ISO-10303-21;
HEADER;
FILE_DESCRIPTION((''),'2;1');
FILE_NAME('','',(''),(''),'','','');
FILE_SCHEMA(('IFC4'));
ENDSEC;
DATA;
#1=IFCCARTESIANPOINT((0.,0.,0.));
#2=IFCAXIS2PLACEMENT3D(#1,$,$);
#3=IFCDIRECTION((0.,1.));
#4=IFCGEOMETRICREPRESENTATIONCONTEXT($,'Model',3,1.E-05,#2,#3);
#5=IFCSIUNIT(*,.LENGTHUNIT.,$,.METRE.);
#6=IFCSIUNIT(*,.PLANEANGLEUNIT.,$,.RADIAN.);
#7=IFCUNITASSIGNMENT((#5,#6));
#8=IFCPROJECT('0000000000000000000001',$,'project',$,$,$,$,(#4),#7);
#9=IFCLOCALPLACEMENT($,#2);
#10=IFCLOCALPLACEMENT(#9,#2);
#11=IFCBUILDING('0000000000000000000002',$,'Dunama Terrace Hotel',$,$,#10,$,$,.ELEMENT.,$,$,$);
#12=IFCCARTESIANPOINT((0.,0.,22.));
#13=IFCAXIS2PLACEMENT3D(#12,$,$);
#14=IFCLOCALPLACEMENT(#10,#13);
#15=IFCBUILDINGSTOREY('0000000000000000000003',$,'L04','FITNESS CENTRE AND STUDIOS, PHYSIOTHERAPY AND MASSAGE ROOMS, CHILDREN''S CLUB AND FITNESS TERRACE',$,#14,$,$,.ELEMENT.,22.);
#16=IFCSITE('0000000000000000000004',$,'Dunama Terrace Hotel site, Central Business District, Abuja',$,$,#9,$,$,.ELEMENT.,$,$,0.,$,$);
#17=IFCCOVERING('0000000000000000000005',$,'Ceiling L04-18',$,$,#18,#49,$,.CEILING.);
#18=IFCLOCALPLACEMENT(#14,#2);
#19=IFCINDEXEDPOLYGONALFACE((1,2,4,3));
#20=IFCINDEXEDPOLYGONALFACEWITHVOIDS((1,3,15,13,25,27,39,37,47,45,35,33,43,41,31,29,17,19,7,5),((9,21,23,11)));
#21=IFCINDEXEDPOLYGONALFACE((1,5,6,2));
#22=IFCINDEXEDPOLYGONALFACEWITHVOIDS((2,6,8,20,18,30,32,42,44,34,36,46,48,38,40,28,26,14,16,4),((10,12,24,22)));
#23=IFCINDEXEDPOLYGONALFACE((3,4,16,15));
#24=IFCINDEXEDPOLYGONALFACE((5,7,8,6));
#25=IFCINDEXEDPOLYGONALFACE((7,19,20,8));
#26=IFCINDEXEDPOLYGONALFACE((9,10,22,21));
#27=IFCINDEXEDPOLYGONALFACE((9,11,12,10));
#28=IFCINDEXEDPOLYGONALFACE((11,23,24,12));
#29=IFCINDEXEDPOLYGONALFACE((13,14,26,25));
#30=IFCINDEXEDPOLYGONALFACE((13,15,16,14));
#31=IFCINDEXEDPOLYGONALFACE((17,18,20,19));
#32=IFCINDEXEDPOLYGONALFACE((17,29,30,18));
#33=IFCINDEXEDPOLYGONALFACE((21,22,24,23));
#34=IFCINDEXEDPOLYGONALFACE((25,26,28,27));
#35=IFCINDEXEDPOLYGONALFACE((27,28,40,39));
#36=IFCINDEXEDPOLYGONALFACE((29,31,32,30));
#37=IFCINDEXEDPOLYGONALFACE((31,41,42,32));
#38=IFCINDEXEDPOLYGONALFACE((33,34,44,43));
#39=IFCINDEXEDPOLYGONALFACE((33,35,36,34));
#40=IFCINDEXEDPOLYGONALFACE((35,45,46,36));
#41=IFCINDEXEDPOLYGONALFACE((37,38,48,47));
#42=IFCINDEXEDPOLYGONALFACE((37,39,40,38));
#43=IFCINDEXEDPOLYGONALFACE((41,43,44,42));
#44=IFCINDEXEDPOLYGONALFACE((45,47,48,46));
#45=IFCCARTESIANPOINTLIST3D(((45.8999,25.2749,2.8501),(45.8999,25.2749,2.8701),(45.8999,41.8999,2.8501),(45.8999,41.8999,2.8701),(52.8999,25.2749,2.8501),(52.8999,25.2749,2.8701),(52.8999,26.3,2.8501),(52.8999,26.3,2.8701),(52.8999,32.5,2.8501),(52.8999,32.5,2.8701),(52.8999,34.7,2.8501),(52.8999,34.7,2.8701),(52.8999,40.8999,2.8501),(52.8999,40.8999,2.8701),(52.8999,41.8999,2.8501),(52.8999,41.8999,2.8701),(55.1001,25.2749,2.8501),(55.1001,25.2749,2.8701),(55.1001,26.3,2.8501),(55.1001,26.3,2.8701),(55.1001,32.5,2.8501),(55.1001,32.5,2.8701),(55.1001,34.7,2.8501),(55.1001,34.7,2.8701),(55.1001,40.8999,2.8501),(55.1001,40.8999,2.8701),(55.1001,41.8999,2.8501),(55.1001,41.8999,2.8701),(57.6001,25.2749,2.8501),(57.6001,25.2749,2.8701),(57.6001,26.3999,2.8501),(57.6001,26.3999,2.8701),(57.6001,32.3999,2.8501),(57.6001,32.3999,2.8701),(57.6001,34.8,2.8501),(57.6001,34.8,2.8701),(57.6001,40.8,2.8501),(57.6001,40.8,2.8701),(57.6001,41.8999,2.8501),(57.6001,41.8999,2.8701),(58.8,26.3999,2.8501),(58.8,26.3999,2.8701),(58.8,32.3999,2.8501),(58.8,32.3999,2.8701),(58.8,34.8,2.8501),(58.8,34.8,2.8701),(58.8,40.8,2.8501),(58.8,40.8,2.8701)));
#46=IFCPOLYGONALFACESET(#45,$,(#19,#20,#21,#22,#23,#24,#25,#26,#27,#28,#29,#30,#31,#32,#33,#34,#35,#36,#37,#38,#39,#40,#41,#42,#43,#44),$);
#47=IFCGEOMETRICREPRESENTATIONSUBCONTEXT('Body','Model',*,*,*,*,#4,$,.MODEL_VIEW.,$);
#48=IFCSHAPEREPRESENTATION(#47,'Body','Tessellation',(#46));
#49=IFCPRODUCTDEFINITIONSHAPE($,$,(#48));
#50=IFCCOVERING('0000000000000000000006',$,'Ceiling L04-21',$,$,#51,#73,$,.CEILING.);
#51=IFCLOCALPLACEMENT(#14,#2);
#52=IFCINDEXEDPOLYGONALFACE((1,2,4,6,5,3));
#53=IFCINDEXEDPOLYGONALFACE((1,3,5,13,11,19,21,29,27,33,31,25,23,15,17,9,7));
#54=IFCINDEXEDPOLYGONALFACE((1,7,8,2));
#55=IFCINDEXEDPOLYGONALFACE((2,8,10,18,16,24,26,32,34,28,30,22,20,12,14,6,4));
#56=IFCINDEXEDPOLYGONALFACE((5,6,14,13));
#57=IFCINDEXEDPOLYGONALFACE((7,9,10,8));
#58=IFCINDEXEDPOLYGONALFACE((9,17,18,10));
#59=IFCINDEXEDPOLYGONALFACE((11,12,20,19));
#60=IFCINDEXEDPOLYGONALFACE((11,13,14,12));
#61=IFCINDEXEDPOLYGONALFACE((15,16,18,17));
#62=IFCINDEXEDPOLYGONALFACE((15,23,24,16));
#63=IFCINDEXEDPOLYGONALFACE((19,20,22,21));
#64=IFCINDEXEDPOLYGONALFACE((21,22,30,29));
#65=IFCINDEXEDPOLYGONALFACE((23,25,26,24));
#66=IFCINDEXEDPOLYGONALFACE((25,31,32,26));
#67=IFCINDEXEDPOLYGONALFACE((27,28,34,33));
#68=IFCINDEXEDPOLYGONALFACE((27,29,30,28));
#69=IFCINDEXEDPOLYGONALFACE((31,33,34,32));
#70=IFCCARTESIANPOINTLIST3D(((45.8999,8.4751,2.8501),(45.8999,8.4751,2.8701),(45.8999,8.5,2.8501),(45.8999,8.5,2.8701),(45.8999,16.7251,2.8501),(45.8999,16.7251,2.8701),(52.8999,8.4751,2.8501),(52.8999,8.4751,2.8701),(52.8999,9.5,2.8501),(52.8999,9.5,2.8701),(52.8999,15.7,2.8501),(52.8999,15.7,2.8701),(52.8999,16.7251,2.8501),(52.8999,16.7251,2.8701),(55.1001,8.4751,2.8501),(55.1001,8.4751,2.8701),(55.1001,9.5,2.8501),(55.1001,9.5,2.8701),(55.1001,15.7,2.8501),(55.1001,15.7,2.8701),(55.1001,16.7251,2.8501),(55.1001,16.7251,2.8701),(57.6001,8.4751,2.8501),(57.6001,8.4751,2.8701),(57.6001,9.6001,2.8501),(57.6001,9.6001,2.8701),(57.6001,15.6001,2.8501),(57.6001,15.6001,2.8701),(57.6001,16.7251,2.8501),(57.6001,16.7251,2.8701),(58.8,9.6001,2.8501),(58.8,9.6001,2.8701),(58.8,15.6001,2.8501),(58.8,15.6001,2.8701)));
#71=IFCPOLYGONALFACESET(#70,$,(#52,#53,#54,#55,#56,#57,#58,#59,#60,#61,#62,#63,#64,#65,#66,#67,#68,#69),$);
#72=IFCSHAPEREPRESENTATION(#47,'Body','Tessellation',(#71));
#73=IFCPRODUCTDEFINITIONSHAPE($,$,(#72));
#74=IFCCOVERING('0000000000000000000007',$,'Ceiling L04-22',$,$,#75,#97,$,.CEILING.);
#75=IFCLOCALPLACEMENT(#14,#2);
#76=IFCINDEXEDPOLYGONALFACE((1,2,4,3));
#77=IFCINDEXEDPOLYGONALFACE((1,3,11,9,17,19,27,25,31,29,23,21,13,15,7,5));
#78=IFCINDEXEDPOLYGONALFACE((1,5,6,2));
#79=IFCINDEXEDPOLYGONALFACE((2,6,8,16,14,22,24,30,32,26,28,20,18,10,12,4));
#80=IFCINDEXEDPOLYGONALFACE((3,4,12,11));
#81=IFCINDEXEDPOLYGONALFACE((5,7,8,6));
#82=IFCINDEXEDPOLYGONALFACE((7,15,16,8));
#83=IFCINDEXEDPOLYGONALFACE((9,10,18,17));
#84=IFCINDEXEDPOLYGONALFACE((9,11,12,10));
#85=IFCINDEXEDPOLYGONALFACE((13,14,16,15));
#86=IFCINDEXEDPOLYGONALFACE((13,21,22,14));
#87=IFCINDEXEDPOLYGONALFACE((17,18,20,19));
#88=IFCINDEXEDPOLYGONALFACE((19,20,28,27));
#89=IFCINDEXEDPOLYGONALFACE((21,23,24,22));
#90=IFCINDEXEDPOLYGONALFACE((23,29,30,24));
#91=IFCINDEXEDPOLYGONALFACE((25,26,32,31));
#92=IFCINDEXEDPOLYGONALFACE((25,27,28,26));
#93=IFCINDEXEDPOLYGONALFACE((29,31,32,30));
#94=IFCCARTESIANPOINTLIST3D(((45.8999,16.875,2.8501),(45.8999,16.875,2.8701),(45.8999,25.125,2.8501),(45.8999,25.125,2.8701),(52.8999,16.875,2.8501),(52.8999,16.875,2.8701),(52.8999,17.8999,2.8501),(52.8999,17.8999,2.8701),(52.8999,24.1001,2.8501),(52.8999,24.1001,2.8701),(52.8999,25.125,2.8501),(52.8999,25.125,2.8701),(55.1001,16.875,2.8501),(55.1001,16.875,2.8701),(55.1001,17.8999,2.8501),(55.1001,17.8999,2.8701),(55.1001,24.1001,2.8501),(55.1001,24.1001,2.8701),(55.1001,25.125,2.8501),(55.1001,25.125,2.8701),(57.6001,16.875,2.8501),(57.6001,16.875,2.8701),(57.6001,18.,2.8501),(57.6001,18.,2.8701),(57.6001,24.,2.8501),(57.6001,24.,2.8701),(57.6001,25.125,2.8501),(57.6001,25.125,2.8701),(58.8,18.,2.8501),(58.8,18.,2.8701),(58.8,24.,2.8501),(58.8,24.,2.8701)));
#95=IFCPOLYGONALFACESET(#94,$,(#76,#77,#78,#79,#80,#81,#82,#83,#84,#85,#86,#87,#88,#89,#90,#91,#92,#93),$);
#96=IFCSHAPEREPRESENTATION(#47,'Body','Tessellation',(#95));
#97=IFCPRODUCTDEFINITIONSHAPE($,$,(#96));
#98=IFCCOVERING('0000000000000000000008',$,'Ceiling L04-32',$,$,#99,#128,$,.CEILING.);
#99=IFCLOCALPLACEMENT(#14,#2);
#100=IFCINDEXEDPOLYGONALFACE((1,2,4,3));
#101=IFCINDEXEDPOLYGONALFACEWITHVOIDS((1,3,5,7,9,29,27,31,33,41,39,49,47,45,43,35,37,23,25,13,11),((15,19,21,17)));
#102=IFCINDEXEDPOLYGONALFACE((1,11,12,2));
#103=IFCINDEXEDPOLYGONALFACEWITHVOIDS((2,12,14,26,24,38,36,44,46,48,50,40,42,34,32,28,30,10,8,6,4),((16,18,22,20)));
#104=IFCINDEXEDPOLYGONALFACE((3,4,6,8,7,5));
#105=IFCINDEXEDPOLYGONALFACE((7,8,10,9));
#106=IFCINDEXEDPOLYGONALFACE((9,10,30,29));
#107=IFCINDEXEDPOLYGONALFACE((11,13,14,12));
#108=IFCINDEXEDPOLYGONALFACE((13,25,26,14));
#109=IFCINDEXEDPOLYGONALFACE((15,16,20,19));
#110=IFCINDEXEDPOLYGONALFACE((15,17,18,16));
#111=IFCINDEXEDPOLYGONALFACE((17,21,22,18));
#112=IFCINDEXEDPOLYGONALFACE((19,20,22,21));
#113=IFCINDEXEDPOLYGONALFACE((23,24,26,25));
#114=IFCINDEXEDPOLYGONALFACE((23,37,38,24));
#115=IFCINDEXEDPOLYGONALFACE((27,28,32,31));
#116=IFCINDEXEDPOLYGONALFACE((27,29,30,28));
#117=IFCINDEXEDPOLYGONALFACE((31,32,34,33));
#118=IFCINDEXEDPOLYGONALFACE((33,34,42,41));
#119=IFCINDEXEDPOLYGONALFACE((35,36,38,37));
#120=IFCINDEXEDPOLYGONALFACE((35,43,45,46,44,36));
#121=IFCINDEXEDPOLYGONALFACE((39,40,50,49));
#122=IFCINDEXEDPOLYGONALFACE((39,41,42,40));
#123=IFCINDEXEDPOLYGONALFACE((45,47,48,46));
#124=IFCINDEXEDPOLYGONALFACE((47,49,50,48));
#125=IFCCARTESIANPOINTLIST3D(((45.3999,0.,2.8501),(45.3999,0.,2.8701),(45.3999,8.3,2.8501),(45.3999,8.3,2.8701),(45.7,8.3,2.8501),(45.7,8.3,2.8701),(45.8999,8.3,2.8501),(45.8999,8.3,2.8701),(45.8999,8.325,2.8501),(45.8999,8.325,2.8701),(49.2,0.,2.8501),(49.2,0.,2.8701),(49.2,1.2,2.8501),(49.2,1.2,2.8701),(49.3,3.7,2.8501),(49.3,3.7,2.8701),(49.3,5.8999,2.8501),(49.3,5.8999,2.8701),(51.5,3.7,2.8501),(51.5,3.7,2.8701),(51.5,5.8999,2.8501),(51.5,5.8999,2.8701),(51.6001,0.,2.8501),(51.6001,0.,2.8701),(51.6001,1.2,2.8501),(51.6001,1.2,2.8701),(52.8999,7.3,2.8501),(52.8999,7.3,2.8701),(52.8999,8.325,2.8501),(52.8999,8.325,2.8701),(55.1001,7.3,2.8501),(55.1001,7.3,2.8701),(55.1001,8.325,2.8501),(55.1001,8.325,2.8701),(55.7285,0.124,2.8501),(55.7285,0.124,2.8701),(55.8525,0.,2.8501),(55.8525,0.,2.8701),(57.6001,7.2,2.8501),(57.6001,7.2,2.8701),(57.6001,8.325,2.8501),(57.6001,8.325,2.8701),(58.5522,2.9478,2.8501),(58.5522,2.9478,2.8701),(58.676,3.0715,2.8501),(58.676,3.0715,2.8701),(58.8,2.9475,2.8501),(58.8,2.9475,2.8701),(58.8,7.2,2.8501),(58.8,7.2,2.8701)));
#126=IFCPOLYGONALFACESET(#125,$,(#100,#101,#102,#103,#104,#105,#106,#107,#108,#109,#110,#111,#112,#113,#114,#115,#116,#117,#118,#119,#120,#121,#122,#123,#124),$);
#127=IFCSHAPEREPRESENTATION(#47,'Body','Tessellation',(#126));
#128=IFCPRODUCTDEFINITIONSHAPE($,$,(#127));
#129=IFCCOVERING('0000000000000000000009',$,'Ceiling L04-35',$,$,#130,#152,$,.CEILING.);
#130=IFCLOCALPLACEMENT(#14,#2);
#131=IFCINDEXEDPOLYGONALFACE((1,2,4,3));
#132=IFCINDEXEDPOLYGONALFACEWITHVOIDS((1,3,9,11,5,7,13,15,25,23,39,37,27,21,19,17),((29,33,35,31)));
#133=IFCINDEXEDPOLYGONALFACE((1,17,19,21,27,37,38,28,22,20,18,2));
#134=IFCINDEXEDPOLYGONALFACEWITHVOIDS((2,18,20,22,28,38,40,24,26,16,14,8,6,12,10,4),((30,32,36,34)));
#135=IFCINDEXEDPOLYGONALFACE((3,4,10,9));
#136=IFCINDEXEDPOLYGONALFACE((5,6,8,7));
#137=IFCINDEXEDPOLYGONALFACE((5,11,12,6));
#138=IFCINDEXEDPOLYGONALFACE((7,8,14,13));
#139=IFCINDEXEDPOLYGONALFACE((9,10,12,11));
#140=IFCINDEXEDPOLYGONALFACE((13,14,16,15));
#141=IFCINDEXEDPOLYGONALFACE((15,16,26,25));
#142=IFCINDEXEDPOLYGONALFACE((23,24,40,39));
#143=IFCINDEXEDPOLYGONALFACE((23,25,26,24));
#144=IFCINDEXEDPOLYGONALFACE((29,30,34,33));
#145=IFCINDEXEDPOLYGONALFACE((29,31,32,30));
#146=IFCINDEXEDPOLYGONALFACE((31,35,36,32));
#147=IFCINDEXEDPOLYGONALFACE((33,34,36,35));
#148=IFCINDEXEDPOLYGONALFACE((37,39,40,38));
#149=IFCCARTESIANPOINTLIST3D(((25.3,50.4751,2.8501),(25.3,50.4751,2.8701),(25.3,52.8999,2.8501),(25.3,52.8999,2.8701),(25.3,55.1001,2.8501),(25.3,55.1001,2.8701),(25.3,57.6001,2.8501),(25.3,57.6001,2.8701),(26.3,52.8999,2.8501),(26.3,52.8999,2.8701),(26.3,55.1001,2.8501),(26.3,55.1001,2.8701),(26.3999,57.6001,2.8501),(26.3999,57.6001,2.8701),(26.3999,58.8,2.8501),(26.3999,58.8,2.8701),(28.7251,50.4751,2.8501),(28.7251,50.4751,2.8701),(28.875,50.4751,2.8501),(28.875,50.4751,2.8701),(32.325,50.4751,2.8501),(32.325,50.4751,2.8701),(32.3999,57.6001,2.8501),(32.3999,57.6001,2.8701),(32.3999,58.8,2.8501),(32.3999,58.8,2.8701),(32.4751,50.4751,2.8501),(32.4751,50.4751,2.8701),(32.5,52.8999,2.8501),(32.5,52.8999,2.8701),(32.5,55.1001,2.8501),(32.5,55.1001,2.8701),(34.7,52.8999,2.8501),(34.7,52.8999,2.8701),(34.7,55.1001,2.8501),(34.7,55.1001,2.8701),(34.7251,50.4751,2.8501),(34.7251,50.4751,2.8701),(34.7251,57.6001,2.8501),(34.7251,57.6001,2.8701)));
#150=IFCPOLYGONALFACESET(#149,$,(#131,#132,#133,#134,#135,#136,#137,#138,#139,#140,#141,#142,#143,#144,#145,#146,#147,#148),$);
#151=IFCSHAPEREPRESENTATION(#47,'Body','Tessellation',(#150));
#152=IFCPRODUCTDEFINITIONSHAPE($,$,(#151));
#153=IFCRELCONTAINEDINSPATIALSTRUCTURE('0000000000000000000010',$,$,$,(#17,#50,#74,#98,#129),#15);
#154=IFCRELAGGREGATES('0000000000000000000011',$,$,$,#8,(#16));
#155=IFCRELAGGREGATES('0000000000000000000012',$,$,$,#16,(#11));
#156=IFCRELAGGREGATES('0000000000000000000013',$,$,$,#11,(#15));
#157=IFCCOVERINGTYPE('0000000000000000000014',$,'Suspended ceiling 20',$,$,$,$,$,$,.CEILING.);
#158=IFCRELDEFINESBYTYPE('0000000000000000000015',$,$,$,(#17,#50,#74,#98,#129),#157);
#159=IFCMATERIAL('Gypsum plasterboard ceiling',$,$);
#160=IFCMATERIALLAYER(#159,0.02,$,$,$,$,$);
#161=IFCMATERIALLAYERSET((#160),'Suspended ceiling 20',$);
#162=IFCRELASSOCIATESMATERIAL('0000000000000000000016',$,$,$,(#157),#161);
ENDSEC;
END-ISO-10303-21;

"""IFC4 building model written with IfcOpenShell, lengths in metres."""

from ifc_helpers import new_model, si_unit, direction, frame, origin, place, context, subcontext, project, spatial, polyline, outline, extrude, material, layer, layer_set, type_object, element, save


model = new_model("IFC4")

# Units and contexts
model_context = context("Model", 3, precision=1e-05, world=origin(), true_north=direction((0.0, 1.0)))
body_context = subcontext(model_context, "Body", "Model", "MODEL_VIEW")
ifc_project = project(units=[si_unit("LENGTHUNIT", "METRE"), si_unit("PLANEANGLEUNIT", "RADIAN")], contexts=[model_context])

# Site, building, storey
site_placement = place(None, origin())
site = spatial("IfcSite", under=ifc_project, at=site_placement, Name="Dunama Terrace Hotel site, Central Business District, Abuja", CompositionType="ELEMENT", RefElevation=0.0)
building_placement = place(site_placement, origin())
building = spatial("IfcBuilding", under=site, at=building_placement, Name="Dunama Terrace Hotel", CompositionType="ELEMENT")
storey_placement = place(building_placement, frame((0.0, 0.0, 22.0)))
storey = spatial("IfcBuildingStorey", under=building, at=storey_placement, Name="L04", Description="FITNESS CENTRE AND STUDIOS, PHYSIOTHERAPY AND MASSAGE ROOMS, CHILDREN'S CLUB AND FITNESS TERRACE", CompositionType="ELEMENT", Elevation=22.0)

# Coverings
ifc_material_1 = material(Name="Gypsum plasterboard ceiling")
ifc_layer_1 = layer(ifc_material_1, 0.02)
ifc_layer_set_1 = layer_set([ifc_layer_1], Name="Suspended ceiling 20")
covering_type_1 = type_object("IfcCoveringType", Name="Suspended ceiling 20", PredefinedType="CEILING", material=ifc_layer_set_1)
covering_1_placement = place(storey_placement, frame((0.0, 0.0, 2.8501)))
element("IfcCovering", 1, at=covering_1_placement, inside=storey, type_object=covering_type_1, Name="Ceiling L04-18", PredefinedType="CEILING", context=body_context, shape_type="SweptSolid", body=[
    extrude(outline(polyline([(57.6001, 34.8), (58.8, 34.8), (58.8, 40.8), (57.6001, 40.8), (57.6001, 41.8999), (55.1001, 41.8999), (55.1001, 40.8999), (52.8999, 40.8999), (52.8999, 41.8999), (45.8999, 41.8999), (45.8999, 25.2749), (52.8999, 25.2749), (52.8999, 26.3), (55.1001, 26.3), (55.1001, 25.2749), (57.6001, 25.2749), (57.6001, 26.3999), (58.8, 26.3999), (58.8, 32.3999), (57.6001, 32.3999), (57.6001, 34.8)]), holes=[polyline([(52.8999, 32.5), (52.8999, 34.7), (55.1001, 34.7), (55.1001, 32.5), (52.8999, 32.5)])]), origin(), (0.0, 0.0, 1.0), 0.02),
])
covering_2_placement = place(storey_placement, frame((0.0, 0.0, 2.8501)))
element("IfcCovering", 2, at=covering_2_placement, inside=storey, type_object=covering_type_1, Name="Ceiling L04-21", PredefinedType="CEILING", context=body_context, shape_type="SweptSolid", body=[
    extrude(outline(polyline([(57.6001, 9.6001), (58.8, 9.6001), (58.8, 15.6001), (57.6001, 15.6001), (57.6001, 16.7251), (55.1001, 16.7251), (55.1001, 15.7), (52.8999, 15.7), (52.8999, 16.7251), (45.8999, 16.7251), (45.8999, 8.5), (45.8999, 8.4751), (52.8999, 8.4751), (52.8999, 9.5), (55.1001, 9.5), (55.1001, 8.4751), (57.6001, 8.4751), (57.6001, 9.6001)])), origin(), (0.0, 0.0, 1.0), 0.02),
])
covering_3_placement = place(storey_placement, frame((0.0, 0.0, 2.8501)))
element("IfcCovering", 3, at=covering_3_placement, inside=storey, type_object=covering_type_1, Name="Ceiling L04-22", PredefinedType="CEILING", context=body_context, shape_type="SweptSolid", body=[
    extrude(outline(polyline([(57.6001, 18.0), (58.8, 18.0), (58.8, 24.0), (57.6001, 24.0), (57.6001, 25.125), (55.1001, 25.125), (55.1001, 24.1001), (52.8999, 24.1001), (52.8999, 25.125), (45.8999, 25.125), (45.8999, 16.875), (52.8999, 16.875), (52.8999, 17.8999), (55.1001, 17.8999), (55.1001, 16.875), (57.6001, 16.875), (57.6001, 18.0)])), origin(), (0.0, 0.0, 1.0), 0.02),
])
covering_4_placement = place(storey_placement, frame((0.0, 0.0, 2.8501)))
element("IfcCovering", 4, at=covering_4_placement, inside=storey, type_object=covering_type_1, Name="Ceiling L04-32", PredefinedType="CEILING", context=body_context, shape_type="SweptSolid", body=[
    extrude(outline(polyline([(51.6001, 1.2), (51.6001, 0.0), (55.8525, 0.0), (55.7285, 0.124), (58.5522, 2.9478), (58.676, 3.0715), (58.8, 2.9475), (58.8, 7.2), (57.6001, 7.2), (57.6001, 8.325), (55.1001, 8.325), (55.1001, 7.3), (52.8999, 7.3), (52.8999, 8.325), (45.8999, 8.325), (45.8999, 8.3), (45.7, 8.3), (45.3999, 8.3), (45.3999, 0.0), (49.2, 0.0), (49.2, 1.2), (51.6001, 1.2)]), holes=[polyline([(49.3, 3.7), (49.3, 5.8999), (51.5, 5.8999), (51.5, 3.7), (49.3, 3.7)])]), origin(), (0.0, 0.0, 1.0), 0.02),
])
covering_5_placement = place(storey_placement, frame((0.0, 0.0, 2.8501)))
element("IfcCovering", 5, at=covering_5_placement, inside=storey, type_object=covering_type_1, Name="Ceiling L04-35", PredefinedType="CEILING", context=body_context, shape_type="SweptSolid", body=[
    extrude(outline(polyline([(32.3999, 57.6001), (32.3999, 58.8), (26.3999, 58.8), (26.3999, 57.6001), (25.3, 57.6001), (25.3, 55.1001), (26.3, 55.1001), (26.3, 52.8999), (25.3, 52.8999), (25.3, 50.4751), (28.7251, 50.4751), (28.875, 50.4751), (32.325, 50.4751), (32.4751, 50.4751), (34.7251, 50.4751), (34.7251, 57.6001), (32.3999, 57.6001)]), holes=[polyline([(32.5, 52.8999), (32.5, 55.1001), (34.7, 55.1001), (34.7, 52.8999), (32.5, 52.8999)])]), origin(), (0.0, 0.0, 1.0), 0.02),
])

save(model, "model.ifc")
